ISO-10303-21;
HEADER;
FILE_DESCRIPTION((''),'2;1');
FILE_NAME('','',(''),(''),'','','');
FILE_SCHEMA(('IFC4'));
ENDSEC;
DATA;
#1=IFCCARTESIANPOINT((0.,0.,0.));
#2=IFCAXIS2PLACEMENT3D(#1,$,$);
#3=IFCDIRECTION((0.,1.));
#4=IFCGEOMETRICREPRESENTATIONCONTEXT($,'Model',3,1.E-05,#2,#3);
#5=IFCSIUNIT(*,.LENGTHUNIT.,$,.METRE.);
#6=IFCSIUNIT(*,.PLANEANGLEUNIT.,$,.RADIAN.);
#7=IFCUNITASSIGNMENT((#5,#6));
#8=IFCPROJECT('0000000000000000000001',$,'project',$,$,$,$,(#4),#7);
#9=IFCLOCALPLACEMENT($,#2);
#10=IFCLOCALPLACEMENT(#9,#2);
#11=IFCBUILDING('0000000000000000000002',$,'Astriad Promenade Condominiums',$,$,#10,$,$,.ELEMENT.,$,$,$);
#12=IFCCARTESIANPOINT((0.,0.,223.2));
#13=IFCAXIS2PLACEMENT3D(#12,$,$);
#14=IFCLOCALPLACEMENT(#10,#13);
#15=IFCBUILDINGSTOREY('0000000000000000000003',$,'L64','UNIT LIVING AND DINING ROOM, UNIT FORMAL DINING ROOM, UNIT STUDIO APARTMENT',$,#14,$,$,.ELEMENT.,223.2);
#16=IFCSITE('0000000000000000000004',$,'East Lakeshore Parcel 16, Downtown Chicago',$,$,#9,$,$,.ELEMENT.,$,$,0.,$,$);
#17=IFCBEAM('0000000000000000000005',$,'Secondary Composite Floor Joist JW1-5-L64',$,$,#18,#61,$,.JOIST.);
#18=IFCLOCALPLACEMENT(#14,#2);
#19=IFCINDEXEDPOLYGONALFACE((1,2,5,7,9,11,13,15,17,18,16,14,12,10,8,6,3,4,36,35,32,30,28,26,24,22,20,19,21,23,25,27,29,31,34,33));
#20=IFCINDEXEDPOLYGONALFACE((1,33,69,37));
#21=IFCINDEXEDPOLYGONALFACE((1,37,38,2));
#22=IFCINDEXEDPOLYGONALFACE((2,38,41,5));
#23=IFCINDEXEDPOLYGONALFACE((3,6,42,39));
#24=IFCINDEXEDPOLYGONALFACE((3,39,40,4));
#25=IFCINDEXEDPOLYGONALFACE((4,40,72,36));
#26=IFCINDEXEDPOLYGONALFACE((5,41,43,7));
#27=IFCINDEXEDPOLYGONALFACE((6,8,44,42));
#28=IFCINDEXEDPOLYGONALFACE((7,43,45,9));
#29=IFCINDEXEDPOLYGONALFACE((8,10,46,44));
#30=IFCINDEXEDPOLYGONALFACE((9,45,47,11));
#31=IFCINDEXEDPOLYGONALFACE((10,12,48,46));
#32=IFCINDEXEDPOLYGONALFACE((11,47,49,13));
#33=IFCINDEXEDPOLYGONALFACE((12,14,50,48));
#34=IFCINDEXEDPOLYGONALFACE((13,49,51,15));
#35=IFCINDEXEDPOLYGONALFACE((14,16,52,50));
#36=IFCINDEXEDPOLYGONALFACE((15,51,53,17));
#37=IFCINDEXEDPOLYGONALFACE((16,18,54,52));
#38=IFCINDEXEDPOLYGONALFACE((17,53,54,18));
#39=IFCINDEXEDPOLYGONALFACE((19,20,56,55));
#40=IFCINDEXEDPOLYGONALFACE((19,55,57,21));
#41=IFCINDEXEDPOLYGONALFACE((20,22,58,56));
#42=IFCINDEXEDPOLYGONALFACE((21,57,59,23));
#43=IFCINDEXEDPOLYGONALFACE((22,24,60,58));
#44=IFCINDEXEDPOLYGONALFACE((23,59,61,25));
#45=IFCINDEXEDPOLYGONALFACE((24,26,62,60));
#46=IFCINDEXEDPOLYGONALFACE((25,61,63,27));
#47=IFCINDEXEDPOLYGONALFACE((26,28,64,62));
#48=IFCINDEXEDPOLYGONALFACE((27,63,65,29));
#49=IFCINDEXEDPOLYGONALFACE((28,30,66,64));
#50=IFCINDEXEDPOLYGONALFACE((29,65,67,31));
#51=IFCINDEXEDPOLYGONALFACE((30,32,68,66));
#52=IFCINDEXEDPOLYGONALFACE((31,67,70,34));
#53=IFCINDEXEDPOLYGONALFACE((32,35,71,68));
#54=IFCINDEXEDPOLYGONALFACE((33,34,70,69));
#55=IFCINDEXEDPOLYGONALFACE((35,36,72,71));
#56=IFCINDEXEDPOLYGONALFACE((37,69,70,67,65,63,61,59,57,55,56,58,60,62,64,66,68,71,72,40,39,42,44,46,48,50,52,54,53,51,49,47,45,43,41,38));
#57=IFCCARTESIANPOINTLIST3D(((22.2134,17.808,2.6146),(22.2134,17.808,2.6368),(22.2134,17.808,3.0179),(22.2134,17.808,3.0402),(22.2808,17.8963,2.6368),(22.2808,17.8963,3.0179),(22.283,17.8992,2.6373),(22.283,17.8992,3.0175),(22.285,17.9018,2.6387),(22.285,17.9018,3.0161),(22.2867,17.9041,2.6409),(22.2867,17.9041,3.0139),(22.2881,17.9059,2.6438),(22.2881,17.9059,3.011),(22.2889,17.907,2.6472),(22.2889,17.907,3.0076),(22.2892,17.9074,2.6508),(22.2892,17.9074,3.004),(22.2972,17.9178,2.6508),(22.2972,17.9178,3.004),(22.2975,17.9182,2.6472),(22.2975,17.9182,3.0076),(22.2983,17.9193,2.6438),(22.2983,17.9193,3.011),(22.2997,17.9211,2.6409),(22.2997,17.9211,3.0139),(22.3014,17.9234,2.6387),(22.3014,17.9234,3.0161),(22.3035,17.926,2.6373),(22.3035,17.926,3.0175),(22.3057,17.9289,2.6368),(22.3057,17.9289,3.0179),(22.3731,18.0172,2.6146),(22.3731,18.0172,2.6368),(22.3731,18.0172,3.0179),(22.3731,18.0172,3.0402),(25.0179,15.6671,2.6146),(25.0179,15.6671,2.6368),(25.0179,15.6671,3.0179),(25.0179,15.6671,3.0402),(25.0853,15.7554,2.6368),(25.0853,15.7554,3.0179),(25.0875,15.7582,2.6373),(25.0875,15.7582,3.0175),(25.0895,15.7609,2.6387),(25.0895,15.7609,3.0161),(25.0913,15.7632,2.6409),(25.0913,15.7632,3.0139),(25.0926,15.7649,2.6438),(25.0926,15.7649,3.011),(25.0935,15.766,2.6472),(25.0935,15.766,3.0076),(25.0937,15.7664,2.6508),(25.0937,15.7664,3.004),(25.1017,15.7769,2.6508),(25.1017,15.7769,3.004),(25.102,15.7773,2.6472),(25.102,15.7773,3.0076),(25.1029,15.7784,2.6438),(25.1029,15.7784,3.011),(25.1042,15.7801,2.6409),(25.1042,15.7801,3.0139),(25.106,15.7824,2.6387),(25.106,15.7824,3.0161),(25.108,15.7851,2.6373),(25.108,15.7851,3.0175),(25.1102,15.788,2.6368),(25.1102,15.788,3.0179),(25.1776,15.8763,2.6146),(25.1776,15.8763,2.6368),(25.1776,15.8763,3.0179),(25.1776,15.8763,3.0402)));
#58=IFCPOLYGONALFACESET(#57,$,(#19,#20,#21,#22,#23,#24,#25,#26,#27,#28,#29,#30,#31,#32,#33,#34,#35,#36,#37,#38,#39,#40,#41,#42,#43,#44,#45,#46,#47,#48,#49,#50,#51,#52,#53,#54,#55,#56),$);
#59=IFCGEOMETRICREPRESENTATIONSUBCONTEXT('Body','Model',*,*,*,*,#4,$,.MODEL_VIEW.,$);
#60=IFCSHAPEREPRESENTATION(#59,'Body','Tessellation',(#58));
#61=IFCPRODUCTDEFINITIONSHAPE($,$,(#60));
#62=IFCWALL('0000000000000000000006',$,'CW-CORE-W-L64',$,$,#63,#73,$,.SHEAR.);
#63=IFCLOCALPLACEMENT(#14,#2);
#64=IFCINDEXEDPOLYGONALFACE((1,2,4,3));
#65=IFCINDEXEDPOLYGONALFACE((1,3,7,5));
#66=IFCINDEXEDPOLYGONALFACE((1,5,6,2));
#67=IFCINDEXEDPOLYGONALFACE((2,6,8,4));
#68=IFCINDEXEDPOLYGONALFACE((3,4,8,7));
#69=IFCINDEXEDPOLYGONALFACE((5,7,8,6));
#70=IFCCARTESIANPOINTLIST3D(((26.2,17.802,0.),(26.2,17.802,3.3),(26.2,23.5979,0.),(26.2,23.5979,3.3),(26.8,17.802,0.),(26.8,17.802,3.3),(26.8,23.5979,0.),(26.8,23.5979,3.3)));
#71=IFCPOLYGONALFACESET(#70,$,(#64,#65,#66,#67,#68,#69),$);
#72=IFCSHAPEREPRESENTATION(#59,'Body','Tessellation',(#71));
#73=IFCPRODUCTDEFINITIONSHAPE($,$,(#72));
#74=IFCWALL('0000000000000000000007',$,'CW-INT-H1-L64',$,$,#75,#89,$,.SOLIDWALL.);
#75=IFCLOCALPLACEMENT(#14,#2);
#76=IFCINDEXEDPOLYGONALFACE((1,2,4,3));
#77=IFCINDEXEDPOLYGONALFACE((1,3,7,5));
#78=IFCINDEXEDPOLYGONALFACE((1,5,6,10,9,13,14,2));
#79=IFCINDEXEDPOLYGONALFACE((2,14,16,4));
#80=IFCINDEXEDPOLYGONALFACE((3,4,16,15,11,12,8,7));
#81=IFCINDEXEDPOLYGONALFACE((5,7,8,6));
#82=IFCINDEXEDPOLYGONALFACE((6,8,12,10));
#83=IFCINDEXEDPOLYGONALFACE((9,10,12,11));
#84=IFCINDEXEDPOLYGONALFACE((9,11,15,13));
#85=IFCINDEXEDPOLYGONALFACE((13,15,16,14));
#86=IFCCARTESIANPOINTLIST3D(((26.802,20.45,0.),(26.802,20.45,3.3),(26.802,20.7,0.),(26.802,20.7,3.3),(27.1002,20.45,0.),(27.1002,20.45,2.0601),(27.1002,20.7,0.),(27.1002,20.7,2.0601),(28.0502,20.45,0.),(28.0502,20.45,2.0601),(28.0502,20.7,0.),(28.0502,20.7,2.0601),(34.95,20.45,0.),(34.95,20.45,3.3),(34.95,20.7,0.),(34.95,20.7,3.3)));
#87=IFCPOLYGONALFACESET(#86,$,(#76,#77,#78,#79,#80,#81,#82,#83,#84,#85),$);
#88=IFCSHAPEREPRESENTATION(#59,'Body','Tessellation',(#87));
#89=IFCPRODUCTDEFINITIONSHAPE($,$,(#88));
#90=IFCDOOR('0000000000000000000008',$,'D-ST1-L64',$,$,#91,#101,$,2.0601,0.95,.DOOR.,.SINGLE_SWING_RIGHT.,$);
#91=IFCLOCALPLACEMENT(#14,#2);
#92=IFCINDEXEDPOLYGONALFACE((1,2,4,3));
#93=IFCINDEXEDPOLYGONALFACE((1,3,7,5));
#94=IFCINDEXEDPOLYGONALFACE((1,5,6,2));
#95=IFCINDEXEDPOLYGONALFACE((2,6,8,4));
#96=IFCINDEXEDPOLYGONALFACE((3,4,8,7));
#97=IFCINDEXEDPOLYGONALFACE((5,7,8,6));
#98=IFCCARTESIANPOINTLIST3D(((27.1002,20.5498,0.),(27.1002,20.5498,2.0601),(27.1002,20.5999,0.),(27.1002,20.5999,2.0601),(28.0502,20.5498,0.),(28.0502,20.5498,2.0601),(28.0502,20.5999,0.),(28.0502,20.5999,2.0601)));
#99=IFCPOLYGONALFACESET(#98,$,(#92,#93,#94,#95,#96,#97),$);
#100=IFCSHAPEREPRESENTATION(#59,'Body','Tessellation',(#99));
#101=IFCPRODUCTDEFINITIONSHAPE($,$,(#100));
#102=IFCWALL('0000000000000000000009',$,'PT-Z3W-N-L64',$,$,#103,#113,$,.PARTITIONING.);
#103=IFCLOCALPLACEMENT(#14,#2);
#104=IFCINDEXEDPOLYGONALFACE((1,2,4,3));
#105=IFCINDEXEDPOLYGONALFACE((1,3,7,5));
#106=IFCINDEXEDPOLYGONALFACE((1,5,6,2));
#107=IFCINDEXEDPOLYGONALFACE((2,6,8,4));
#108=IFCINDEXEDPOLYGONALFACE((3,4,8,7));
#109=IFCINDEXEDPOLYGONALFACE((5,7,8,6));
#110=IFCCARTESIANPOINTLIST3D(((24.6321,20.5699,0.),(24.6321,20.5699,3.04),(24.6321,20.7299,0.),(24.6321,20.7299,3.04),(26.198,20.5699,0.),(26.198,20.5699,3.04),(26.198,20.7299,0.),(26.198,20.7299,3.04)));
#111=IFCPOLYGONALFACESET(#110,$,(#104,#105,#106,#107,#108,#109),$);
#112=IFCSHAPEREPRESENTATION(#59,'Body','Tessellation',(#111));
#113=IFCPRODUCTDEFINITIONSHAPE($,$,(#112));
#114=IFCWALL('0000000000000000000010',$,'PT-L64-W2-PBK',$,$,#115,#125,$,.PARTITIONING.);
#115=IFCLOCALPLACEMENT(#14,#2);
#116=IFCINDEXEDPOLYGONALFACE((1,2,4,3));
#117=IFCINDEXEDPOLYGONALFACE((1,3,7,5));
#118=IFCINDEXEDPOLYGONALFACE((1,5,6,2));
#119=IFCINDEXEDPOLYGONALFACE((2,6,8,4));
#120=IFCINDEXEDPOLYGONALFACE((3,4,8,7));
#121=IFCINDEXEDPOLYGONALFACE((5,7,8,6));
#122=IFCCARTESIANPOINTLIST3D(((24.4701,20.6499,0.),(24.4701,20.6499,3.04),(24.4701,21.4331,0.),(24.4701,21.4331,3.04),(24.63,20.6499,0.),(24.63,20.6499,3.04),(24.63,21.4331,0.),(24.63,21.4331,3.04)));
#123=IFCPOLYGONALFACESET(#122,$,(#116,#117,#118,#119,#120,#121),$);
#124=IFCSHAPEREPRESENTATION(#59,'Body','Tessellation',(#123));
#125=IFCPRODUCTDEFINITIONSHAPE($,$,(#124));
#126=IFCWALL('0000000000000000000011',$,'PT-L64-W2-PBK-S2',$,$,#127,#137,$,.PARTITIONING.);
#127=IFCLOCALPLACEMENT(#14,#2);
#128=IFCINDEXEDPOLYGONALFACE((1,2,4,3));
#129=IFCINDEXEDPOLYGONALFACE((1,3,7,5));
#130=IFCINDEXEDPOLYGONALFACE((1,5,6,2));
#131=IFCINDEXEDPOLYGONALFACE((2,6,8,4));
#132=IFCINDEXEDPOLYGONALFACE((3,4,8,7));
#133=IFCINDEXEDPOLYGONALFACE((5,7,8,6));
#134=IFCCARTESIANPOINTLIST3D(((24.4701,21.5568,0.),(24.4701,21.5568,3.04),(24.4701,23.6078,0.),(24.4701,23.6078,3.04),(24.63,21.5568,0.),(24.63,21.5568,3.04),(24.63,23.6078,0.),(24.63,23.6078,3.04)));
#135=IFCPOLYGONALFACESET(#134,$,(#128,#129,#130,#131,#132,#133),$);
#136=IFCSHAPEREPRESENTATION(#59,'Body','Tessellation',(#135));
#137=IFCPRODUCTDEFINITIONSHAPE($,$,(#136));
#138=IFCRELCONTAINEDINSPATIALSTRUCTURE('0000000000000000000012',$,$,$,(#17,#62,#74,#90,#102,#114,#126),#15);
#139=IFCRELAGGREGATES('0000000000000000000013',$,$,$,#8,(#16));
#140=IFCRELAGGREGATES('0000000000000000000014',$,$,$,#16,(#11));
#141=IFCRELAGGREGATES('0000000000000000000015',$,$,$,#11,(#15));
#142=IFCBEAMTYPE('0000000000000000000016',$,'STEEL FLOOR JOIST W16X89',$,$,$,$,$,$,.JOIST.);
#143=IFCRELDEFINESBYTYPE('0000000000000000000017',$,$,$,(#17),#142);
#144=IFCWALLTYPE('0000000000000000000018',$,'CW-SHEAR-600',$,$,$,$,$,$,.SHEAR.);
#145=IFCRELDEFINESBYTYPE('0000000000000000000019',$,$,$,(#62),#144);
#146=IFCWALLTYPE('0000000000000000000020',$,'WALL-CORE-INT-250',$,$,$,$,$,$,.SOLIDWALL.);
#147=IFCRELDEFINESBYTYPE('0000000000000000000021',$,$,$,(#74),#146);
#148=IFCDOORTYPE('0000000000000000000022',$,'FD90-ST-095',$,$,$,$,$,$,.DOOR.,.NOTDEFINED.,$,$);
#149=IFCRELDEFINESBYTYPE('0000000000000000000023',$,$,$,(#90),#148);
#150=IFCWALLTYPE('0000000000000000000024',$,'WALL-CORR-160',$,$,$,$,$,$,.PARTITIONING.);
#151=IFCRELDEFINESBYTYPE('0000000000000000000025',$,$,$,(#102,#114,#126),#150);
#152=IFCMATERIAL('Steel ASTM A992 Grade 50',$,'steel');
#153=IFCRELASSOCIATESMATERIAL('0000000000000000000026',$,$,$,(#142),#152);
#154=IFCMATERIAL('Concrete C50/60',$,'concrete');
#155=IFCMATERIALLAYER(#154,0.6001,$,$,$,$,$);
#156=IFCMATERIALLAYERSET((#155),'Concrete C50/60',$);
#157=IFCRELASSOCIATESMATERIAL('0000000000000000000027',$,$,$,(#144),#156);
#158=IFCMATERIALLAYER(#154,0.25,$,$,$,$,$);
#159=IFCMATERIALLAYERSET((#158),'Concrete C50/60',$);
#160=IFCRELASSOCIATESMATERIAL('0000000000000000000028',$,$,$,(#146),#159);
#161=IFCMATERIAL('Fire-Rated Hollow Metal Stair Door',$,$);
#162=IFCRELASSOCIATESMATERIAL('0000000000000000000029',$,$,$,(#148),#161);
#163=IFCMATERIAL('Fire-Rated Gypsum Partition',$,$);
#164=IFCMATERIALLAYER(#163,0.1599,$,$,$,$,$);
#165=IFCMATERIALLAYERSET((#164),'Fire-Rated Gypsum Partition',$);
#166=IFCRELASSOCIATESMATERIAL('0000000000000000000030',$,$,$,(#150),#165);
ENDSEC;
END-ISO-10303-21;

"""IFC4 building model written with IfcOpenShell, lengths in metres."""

from ifc_helpers import new_model, si_unit, direction, frame, frame_2d, origin, origin_2d, place, context, subcontext, project, spatial, rectangle, i_section, extrude, source, transform, mapped, material, layer, layer_set, material_profile, profile_set, type_object, type_shapes, element, fill, save


model = new_model("IFC4")

# Units and contexts
model_context = context("Model", 3, precision=1e-05, world=origin(), true_north=direction((0.0, 1.0)))
body_context = subcontext(model_context, "Body", "Model", "MODEL_VIEW")
ifc_project = project(units=[si_unit("LENGTHUNIT", "METRE"), si_unit("PLANEANGLEUNIT", "RADIAN")], contexts=[model_context])

# Site, building, storey
site_placement = place(None, origin())
site = spatial("IfcSite", under=ifc_project, at=site_placement, Name="East Lakeshore Parcel 16, Downtown Chicago", CompositionType="ELEMENT", RefElevation=0.0)
building_placement = place(site_placement, origin())
building = spatial("IfcBuilding", under=site, at=building_placement, Name="Astriad Promenade Condominiums", CompositionType="ELEMENT")
storey_placement = place(building_placement, frame((0.0, 0.0, 223.2)))
storey = spatial("IfcBuildingStorey", under=building, at=storey_placement, Name="L64", Description="UNIT LIVING AND DINING ROOM, UNIT FORMAL DINING ROOM, UNIT STUDIO APARTMENT", CompositionType="ELEMENT", Elevation=223.2)

# Beam
ifc_material_1 = material(Name="Steel ASTM A992 Grade 50", Category="steel")
ifc_material_profile = material_profile(ifc_material_1, i_section(OverallWidth=0.2632, OverallDepth=0.4255, WebThickness=0.0132, FlangeThickness=0.0222, FilletRadius=0.0139, at=origin_2d()), Name="W16X89")
ifc_profile_set = profile_set([ifc_material_profile], Name="Steel ASTM A992 Grade 50")
beam_type = type_object("IfcBeamType", Name="STEEL FLOOR JOIST W16X89", PredefinedType="JOIST", material=ifc_profile_set)
shared_shape_1 = source(origin(), body_context, "Body", "SweptSolid", [
    extrude(i_section(OverallWidth=0.2632, OverallDepth=0.4255, WebThickness=0.0132, FlangeThickness=0.0222, FilletRadius=0.0139, at=origin_2d()), origin(), (0.0, 0.0, 1.0), 3.5283),
])
type_shapes(beam_type, [shared_shape_1])
beam_placement = place(storey_placement, frame((22.2932, 17.9126, 2.8274), z_axis=(0.794864, -0.606787, 0.0), x_axis=(0.606787, 0.794864, 0.0)))
element("IfcBeam", 1, at=beam_placement, inside=storey, type_object=beam_type, Name="Secondary Composite Floor Joist JW1-5-L64", PredefinedType="JOIST", context=body_context, shape_type="MappedRepresentation", body=[
    mapped(shared_shape_1, transform((0.0, 0.0, 0.0), scale=1.0)),
])

# Wall
ifc_material_2 = material(Name="Concrete C50/60", Category="concrete")
ifc_layer_1 = layer(ifc_material_2, 0.6001)
ifc_layer_set_1 = layer_set([ifc_layer_1], Name="Concrete C50/60")
wall_type_1 = type_object("IfcWallType", Name="CW-SHEAR-600", PredefinedType="SHEAR", material=ifc_layer_set_1)
wall_1_placement = place(storey_placement, frame((26.5, 17.802, 0.0), z_axis=(0.0, 0.0, 1.0), x_axis=(0.0, 1.0, 0.0)))
element("IfcWall", 2, at=wall_1_placement, inside=storey, type_object=wall_type_1, Name="CW-CORE-W-L64", PredefinedType="SHEAR", context=body_context, shape_type="SweptSolid", body=[
    extrude(rectangle(XDim=5.7959, YDim=0.6001, at=frame_2d((2.8979, 0.0))), origin(), (0.0, 0.0, 1.0), 3.3),
])

# Wall, opening, door
ifc_layer_2 = layer(ifc_material_2, 0.25)
ifc_layer_set_2 = layer_set([ifc_layer_2], Name="Concrete C50/60")
wall_type_2 = type_object("IfcWallType", Name="WALL-CORE-INT-250", PredefinedType="SOLIDWALL", material=ifc_layer_set_2)
wall_2_placement = place(storey_placement, frame((26.802, 20.575, 0.0), z_axis=(0.0, 0.0, 1.0), x_axis=(1.0, 0.0, 0.0)))
wall_2 = element("IfcWall", 3, at=wall_2_placement, inside=storey, type_object=wall_type_2, Name="CW-INT-H1-L64", PredefinedType="SOLIDWALL", context=body_context, shape_type="SweptSolid", body=[
    extrude(rectangle(XDim=8.1479, YDim=0.25, at=frame_2d((4.074, 0.0))), origin(), (0.0, 0.0, 1.0), 3.3),
])
opening_1_placement = place(wall_2_placement, frame((0.2981, 0.0, 0.0)))
opening_1 = element("IfcOpeningElement", 4, at=opening_1_placement, cuts=wall_2, PredefinedType="OPENING", context=body_context, shape_type="SweptSolid", body=[
    extrude(rectangle(XDim=0.95, YDim=2.0601, at=frame_2d((0.4751, 1.03))), frame((0.0, 0.135, 0.0), z_axis=(0.0, -1.0, 0.0), x_axis=(1.0, 0.0, 0.0)), (0.0, 0.0, 1.0), 0.27),
])
ifc_material_3 = material(Name="Fire-Rated Hollow Metal Stair Door")
door_type_1 = type_object("IfcDoorType", Name="FD90-ST-095", OperationType="NOTDEFINED", PredefinedType="DOOR", material=ifc_material_3)
shared_shape_2 = source(origin(), body_context, "Body", "SweptSolid", [
    extrude(rectangle(XDim=0.95, YDim=2.0601, at=frame_2d((0.4751, 1.03))), frame((0.0, 0.0249, 0.0), z_axis=(0.0, -1.0, 0.0), x_axis=(1.0, 0.0, 0.0)), (0.0, 0.0, 1.0), 0.05),
])
type_shapes(door_type_1, [shared_shape_2])
door_1_placement = place(opening_1_placement, origin())
door_1 = element("IfcDoor", 5, at=door_1_placement, inside=storey, type_object=door_type_1, Name="D-ST1-L64", OperationType="SINGLE_SWING_RIGHT", OverallHeight=2.0601, OverallWidth=0.95, PredefinedType="DOOR", context=body_context, shape_type="MappedRepresentation", body=[
    mapped(shared_shape_2, transform((0.0, 0.0, 0.0), scale=1.0)),
])
fill(opening_1, door_1)

# Walls
ifc_material_4 = material(Name="Fire-Rated Gypsum Partition")
ifc_layer_3 = layer(ifc_material_4, 0.1599)
ifc_layer_set_3 = layer_set([ifc_layer_3], Name="Fire-Rated Gypsum Partition")
wall_type_3 = type_object("IfcWallType", Name="WALL-CORR-160", PredefinedType="PARTITIONING", material=ifc_layer_set_3)
wall_3_placement = place(storey_placement, frame((24.6321, 20.6499, 0.0), z_axis=(0.0, 0.0, 1.0), x_axis=(1.0, 0.0, 0.0)))
element("IfcWall", 6, at=wall_3_placement, inside=storey, type_object=wall_type_3, Name="PT-Z3W-N-L64", PredefinedType="PARTITIONING", context=body_context, shape_type="SweptSolid", body=[
    extrude(rectangle(XDim=1.5659, YDim=0.1599, at=frame_2d((0.783, 0.0))), origin(), (0.0, 0.0, 1.0), 3.04),
])
wall_4_placement = place(storey_placement, frame((24.55, 20.6499, 0.0), z_axis=(0.0, 0.0, 1.0), x_axis=(0.0, 1.0, 0.0)))
element("IfcWall", 7, at=wall_4_placement, inside=storey, type_object=wall_type_3, Name="PT-L64-W2-PBK", PredefinedType="PARTITIONING", context=body_context, shape_type="SweptSolid", body=[
    extrude(rectangle(XDim=0.7832, YDim=0.1599, at=frame_2d((0.3916, 0.0))), origin(), (0.0, 0.0, 1.0), 3.04),
])
wall_5_placement = place(storey_placement, frame((24.55, 21.5569, 0.0), z_axis=(0.0, 0.0, 1.0), x_axis=(0.0, 1.0, 0.0)))
element("IfcWall", 8, at=wall_5_placement, inside=storey, type_object=wall_type_3, Name="PT-L64-W2-PBK-S2", PredefinedType="PARTITIONING", context=body_context, shape_type="SweptSolid", body=[
    extrude(rectangle(XDim=2.051, YDim=0.1599, at=frame_2d((1.0254, 0.0))), origin(), (0.0, 0.0, 1.0), 3.04),
])

save(model, "model.ifc")
